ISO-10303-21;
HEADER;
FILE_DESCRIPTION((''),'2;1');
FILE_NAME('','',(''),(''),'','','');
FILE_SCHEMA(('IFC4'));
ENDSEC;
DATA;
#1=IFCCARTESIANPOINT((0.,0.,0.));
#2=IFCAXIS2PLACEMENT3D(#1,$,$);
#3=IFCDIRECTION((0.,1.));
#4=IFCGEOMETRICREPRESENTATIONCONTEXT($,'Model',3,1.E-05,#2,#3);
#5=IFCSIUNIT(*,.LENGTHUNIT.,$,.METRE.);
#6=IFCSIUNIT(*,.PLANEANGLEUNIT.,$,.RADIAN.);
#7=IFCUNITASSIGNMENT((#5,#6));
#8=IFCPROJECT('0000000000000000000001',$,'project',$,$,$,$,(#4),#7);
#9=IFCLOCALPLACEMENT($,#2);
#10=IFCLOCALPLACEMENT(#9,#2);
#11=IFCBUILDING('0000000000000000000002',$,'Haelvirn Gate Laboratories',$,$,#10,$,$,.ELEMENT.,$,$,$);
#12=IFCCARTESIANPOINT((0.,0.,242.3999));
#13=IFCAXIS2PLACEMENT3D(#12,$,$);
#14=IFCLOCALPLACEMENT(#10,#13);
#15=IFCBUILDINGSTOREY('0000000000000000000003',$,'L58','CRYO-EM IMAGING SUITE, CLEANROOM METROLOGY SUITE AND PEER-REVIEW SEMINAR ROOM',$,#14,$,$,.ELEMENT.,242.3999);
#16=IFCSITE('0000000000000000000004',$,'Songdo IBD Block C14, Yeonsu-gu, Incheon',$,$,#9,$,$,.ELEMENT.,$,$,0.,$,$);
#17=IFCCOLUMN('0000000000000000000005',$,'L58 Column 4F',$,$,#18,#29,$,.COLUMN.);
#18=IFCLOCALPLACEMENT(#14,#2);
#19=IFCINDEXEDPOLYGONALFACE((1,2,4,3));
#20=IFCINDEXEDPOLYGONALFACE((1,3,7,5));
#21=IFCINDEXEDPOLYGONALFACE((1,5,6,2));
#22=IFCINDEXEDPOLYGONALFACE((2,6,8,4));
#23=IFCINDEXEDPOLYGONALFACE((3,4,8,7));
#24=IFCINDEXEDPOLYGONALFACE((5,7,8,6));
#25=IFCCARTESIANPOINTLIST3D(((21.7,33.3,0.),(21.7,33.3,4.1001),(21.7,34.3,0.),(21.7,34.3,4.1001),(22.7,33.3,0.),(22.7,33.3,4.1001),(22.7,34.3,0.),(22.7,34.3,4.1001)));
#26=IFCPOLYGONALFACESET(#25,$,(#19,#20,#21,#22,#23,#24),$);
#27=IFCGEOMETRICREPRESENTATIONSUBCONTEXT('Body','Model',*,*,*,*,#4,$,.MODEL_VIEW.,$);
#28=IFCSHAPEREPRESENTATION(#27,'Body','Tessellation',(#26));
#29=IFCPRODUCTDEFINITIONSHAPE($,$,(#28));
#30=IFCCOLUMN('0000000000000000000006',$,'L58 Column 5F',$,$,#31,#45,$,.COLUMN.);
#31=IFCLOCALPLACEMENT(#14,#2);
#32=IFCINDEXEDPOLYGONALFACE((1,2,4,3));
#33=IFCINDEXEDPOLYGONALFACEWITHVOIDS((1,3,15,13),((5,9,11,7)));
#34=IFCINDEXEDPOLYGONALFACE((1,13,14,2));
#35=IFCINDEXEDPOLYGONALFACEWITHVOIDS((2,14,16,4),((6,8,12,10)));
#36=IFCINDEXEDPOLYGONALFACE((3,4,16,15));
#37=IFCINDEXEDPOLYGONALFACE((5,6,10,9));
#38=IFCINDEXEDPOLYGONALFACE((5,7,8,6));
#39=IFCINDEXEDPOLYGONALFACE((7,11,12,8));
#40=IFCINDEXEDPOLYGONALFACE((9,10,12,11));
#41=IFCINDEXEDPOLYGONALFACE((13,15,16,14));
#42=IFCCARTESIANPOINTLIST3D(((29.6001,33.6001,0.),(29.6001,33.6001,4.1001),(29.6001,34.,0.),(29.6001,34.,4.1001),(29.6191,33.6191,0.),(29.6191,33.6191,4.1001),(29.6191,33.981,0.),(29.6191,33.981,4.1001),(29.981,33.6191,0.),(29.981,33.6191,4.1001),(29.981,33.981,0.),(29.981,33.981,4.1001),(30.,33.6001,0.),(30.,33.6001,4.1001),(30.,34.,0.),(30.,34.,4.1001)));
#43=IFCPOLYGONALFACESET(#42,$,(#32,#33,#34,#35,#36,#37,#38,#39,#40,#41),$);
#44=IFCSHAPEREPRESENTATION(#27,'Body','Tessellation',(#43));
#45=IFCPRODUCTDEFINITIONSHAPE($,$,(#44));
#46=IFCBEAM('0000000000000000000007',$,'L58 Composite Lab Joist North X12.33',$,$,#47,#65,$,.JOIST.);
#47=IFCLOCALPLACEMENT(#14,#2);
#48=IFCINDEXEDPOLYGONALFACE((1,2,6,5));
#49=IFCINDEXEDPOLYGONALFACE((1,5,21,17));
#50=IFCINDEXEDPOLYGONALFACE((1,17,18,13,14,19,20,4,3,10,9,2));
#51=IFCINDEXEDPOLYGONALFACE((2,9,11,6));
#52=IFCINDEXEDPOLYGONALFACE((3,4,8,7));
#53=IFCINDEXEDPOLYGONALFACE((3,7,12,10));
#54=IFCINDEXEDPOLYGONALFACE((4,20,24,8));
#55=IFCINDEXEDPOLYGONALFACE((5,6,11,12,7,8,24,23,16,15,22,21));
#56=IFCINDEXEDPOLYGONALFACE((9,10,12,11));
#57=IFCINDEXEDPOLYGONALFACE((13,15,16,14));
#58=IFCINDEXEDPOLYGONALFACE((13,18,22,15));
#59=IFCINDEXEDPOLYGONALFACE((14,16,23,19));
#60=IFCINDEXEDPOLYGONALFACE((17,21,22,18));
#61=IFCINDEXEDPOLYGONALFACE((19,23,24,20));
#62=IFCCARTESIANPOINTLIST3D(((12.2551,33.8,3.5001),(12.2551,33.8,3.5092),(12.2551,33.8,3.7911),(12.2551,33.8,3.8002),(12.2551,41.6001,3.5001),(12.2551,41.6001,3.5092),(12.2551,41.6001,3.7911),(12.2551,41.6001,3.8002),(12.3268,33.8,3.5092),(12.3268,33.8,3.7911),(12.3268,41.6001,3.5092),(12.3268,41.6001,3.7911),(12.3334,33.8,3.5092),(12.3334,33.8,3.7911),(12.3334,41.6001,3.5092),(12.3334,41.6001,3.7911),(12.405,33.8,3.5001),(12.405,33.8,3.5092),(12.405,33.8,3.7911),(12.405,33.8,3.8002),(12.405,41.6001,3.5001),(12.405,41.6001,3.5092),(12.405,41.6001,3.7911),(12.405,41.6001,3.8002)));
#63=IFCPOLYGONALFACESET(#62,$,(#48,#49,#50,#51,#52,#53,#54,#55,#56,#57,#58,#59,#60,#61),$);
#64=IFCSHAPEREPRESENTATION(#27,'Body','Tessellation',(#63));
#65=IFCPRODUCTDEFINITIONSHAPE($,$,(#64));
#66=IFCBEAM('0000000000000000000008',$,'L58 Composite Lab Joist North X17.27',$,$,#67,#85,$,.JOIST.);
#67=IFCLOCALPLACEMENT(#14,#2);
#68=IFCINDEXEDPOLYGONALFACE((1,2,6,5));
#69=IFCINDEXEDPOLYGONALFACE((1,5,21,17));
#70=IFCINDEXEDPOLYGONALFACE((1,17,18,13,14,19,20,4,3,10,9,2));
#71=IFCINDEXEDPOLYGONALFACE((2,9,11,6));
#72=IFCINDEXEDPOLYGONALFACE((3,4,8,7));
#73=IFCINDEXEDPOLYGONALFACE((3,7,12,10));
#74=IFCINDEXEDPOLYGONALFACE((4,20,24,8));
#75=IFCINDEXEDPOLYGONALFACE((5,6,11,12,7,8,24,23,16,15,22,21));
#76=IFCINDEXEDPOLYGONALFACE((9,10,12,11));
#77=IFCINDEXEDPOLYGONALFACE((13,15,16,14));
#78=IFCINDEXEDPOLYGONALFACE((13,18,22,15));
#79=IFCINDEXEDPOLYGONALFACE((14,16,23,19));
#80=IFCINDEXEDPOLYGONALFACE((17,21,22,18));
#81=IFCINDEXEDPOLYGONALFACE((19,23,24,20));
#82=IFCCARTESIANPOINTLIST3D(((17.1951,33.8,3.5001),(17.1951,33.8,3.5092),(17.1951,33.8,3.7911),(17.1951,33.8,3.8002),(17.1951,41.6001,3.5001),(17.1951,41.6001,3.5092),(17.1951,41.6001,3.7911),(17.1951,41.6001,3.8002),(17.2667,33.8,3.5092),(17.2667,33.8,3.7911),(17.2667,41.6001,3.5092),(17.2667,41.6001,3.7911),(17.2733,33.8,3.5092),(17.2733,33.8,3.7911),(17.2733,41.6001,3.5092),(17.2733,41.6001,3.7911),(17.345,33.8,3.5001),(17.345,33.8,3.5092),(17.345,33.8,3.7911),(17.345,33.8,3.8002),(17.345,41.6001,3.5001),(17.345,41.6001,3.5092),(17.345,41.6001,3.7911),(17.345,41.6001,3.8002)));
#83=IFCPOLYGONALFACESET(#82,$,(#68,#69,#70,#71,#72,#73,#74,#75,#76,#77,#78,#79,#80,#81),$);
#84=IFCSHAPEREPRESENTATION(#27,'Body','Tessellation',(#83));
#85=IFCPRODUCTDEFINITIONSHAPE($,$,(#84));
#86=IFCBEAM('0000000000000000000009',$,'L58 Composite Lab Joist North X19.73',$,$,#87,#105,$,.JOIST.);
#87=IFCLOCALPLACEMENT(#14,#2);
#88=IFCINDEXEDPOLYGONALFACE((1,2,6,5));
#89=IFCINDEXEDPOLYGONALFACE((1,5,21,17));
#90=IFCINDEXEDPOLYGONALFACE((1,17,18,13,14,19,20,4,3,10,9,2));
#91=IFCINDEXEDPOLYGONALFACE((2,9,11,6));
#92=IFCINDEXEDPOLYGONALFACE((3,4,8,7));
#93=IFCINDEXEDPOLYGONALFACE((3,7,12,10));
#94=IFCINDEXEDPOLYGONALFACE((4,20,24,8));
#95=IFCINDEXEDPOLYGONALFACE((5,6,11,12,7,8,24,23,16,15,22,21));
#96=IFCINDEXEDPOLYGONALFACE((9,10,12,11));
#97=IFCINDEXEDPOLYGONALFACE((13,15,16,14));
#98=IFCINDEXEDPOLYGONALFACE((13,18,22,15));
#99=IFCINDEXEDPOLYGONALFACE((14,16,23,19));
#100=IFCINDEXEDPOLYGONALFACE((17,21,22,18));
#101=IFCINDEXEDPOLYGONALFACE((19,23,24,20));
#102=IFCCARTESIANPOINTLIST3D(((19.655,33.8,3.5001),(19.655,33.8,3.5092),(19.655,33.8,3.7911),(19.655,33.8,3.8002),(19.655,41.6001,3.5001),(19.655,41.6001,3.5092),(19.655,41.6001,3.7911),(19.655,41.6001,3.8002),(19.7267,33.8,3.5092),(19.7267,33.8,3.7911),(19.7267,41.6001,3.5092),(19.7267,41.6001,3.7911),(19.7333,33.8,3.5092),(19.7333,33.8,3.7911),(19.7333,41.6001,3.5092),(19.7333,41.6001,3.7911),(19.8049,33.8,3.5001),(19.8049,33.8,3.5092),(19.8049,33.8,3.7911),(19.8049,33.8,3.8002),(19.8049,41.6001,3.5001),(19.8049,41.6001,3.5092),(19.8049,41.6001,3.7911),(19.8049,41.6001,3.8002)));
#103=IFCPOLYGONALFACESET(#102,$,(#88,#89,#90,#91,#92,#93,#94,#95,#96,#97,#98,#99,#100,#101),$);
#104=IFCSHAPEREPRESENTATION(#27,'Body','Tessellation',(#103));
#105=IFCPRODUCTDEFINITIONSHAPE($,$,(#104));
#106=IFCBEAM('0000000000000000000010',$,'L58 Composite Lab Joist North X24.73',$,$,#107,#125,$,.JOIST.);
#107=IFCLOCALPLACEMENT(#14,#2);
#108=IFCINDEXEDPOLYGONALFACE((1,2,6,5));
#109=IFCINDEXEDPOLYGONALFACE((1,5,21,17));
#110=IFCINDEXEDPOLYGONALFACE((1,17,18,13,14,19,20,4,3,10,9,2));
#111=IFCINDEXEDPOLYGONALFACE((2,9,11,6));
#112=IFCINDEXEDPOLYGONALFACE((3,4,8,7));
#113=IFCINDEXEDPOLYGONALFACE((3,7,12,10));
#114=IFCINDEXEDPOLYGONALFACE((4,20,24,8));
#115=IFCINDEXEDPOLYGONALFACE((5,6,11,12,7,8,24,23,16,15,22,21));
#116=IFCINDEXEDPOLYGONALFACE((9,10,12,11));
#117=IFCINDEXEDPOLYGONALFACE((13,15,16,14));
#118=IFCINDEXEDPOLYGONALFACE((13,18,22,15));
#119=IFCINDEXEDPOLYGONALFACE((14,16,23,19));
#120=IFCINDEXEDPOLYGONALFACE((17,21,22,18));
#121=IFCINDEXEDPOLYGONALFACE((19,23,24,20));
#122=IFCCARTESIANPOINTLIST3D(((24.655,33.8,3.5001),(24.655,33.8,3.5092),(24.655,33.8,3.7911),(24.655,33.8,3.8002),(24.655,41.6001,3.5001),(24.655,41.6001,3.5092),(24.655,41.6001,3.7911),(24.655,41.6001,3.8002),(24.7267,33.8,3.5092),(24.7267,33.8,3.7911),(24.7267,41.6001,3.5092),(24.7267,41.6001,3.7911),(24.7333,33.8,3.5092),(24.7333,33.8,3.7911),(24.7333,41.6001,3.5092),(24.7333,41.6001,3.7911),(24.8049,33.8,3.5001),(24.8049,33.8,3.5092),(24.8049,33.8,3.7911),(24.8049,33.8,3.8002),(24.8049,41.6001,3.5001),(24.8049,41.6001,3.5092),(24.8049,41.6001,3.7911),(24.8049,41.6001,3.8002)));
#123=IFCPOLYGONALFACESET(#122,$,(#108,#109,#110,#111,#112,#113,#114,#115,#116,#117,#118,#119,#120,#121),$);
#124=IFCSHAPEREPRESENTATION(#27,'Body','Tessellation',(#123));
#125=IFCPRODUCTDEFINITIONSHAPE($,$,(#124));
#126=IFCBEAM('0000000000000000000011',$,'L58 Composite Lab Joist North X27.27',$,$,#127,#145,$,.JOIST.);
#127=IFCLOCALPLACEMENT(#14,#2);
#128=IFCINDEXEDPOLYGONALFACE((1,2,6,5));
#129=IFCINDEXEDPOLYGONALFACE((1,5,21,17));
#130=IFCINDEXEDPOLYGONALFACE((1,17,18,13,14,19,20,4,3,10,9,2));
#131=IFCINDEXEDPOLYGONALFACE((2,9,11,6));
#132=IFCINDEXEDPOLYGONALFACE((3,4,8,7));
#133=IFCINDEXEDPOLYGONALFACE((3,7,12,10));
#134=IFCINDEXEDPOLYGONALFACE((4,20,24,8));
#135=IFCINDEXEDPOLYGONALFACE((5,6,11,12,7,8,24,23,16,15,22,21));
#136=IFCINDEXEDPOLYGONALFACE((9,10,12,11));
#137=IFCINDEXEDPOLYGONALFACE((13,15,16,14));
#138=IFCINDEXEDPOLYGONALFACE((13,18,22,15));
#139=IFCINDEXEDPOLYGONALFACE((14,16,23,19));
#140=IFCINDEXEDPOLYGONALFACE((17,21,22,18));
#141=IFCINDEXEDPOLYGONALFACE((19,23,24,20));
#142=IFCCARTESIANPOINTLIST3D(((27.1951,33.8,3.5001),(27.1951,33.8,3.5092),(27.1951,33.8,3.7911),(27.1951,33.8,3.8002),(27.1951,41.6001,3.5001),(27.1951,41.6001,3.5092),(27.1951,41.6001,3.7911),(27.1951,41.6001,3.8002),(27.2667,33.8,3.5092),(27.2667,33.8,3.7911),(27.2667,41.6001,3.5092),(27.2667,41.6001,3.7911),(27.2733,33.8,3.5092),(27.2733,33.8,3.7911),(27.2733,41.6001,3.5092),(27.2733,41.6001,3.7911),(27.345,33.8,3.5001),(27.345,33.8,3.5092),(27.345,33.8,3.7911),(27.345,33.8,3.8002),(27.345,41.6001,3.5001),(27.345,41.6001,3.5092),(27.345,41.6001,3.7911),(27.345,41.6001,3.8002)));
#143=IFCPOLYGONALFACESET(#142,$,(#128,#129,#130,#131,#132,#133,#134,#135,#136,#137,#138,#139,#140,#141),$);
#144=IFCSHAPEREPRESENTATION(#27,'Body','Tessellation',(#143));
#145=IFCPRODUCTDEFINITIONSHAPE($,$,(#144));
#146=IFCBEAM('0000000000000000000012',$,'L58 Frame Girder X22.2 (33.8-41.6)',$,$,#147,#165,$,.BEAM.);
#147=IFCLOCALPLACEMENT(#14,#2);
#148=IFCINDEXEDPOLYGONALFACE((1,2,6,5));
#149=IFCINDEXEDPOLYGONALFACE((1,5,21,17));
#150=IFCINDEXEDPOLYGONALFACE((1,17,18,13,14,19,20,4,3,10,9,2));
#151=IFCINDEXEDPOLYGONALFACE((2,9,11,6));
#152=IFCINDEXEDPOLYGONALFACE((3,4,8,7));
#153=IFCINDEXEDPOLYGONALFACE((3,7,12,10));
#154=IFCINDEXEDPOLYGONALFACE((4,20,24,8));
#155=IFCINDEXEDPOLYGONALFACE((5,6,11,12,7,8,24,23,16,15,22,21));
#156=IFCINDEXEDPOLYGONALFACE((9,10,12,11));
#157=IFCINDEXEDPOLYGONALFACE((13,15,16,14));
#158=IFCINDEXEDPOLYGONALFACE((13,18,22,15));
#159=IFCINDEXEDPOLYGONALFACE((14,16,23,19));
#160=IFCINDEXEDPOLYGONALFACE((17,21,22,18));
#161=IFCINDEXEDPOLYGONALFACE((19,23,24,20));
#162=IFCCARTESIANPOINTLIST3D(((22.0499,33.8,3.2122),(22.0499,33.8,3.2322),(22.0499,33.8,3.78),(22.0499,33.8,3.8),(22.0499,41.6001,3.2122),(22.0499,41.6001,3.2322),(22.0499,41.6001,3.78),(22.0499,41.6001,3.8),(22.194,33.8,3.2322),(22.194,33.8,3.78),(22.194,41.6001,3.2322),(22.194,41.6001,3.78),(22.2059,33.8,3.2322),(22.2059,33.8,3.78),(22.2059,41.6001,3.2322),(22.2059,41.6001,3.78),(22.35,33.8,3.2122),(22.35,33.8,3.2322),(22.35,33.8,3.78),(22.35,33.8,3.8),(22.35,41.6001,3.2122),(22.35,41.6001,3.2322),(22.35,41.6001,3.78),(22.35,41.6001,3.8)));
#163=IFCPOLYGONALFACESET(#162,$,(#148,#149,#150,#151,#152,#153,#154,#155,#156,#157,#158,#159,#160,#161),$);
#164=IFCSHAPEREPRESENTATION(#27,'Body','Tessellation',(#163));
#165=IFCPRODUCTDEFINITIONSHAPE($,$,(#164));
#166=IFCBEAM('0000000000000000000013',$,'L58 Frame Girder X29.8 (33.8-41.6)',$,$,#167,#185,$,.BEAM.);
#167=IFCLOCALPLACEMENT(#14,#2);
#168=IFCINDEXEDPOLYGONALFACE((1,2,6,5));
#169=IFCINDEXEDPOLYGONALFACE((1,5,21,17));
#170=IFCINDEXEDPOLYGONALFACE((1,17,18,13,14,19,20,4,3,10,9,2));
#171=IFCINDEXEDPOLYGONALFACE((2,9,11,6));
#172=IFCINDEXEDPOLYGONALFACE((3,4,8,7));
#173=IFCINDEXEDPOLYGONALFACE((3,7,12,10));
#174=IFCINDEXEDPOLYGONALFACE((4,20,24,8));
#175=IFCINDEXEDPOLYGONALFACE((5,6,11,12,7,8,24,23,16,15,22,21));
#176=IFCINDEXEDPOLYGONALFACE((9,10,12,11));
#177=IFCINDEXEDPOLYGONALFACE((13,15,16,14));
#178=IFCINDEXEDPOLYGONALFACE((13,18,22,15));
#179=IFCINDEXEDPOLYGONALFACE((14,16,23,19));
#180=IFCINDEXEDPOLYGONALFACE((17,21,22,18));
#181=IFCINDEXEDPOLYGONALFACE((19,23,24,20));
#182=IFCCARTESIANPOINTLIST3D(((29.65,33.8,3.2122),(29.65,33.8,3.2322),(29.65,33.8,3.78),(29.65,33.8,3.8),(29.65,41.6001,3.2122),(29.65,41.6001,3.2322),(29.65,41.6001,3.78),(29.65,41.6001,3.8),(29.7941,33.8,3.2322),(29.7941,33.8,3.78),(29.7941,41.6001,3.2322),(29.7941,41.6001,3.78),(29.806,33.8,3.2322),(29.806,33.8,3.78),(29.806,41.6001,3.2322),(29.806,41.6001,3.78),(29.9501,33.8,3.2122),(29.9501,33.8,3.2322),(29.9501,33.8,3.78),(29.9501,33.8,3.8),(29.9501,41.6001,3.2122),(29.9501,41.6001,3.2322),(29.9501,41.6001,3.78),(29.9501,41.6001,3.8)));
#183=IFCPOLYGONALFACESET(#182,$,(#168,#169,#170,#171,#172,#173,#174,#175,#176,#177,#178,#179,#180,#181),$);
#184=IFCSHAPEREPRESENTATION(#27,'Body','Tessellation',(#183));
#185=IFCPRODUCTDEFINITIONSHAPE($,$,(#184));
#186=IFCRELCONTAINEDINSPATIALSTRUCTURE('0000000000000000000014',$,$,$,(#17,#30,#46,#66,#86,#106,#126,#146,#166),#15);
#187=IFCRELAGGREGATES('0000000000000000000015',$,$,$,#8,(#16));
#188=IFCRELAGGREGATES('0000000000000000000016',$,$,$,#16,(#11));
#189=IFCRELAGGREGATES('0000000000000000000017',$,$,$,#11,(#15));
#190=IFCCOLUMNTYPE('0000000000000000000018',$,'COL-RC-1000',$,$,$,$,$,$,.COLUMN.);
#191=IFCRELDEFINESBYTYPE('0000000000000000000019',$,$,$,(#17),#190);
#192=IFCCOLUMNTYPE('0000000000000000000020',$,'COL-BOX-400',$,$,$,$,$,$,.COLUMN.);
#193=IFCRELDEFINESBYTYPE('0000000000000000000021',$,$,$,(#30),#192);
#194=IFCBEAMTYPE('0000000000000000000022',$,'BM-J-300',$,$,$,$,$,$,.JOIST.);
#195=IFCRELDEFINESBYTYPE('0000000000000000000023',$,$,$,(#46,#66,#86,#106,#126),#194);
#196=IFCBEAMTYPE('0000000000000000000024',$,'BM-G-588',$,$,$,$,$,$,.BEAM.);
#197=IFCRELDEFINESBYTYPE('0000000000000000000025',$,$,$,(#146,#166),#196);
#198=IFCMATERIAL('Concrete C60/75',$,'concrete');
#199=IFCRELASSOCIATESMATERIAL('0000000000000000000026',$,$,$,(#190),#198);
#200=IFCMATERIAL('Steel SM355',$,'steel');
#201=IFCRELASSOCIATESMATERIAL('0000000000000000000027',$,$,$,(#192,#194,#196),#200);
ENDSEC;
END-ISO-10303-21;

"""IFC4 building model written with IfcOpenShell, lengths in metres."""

from ifc_helpers import new_model, si_unit, direction, frame, origin, origin_2d, place, context, subcontext, project, spatial, rectangle, hollow_rectangle, i_section, extrude, source, transform, mapped, material, material_profile, profile_set, type_object, type_shapes, element, save


model = new_model("IFC4")

# Units and contexts
model_context = context("Model", 3, precision=1e-05, world=origin(), true_north=direction((0.0, 1.0)))
body_context = subcontext(model_context, "Body", "Model", "MODEL_VIEW")
ifc_project = project(units=[si_unit("LENGTHUNIT", "METRE"), si_unit("PLANEANGLEUNIT", "RADIAN")], contexts=[model_context])

# Site, building, storey
site_placement = place(None, origin())
site = spatial("IfcSite", under=ifc_project, at=site_placement, Name="Songdo IBD Block C14, Yeonsu-gu, Incheon", CompositionType="ELEMENT", RefElevation=0.0)
building_placement = place(site_placement, origin())
building = spatial("IfcBuilding", under=site, at=building_placement, Name="Haelvirn Gate Laboratories", CompositionType="ELEMENT")
storey_placement = place(building_placement, frame((0.0, 0.0, 242.3999)))
storey = spatial("IfcBuildingStorey", under=building, at=storey_placement, Name="L58", Description="CRYO-EM IMAGING SUITE, CLEANROOM METROLOGY SUITE AND PEER-REVIEW SEMINAR ROOM", CompositionType="ELEMENT", Elevation=242.3999)

# Columns
ifc_material_1 = material(Name="Concrete C60/75", Category="concrete")
ifc_material_profile_1 = material_profile(ifc_material_1, rectangle(XDim=1.0, YDim=1.0, at=origin_2d()), Name="RC-1000x1000")
ifc_profile_set_1 = profile_set([ifc_material_profile_1], Name="Concrete C60/75")
column_type_1 = type_object("IfcColumnType", Name="COL-RC-1000", PredefinedType="COLUMN", material=ifc_profile_set_1)
shared_shape_1 = source(origin(), body_context, "Body", "SweptSolid", [
    extrude(rectangle(XDim=1.0, YDim=1.0, at=origin_2d()), origin(), (0.0, 0.0, 1.0), 4.1001),
])
type_shapes(column_type_1, [shared_shape_1])
column_1_placement = place(storey_placement, frame((22.2, 33.8, 0.0), z_axis=(0.0, 0.0, 1.0), x_axis=(1.0, 0.0, 0.0)))
element("IfcColumn", 1, at=column_1_placement, inside=storey, type_object=column_type_1, Name="L58 Column 4F", PredefinedType="COLUMN", context=body_context, shape_type="MappedRepresentation", body=[
    mapped(shared_shape_1, transform((0.0, 0.0, 0.0), scale=1.0)),
])
ifc_material_2 = material(Name="Steel SM355", Category="steel")
ifc_material_profile_2 = material_profile(ifc_material_2, hollow_rectangle(XDim=0.3999, YDim=0.3999, WallThickness=0.019, at=origin_2d()), Name="BOX-400x400x19")
ifc_profile_set_2 = profile_set([ifc_material_profile_2], Name="Steel SM355")
column_type_2 = type_object("IfcColumnType", Name="COL-BOX-400", PredefinedType="COLUMN", material=ifc_profile_set_2)
shared_shape_2 = source(origin(), body_context, "Body", "SweptSolid", [
    extrude(hollow_rectangle(XDim=0.3999, YDim=0.3999, WallThickness=0.019, at=origin_2d()), origin(), (0.0, 0.0, 1.0), 4.1001),
])
type_shapes(column_type_2, [shared_shape_2])
column_2_placement = place(storey_placement, frame((29.8, 33.8, 0.0), z_axis=(0.0, 0.0, 1.0), x_axis=(1.0, 0.0, 0.0)))
element("IfcColumn", 2, at=column_2_placement, inside=storey, type_object=column_type_2, Name="L58 Column 5F", PredefinedType="COLUMN", context=body_context, shape_type="MappedRepresentation", body=[
    mapped(shared_shape_2, transform((0.0, 0.0, 0.0), scale=1.0)),
])

# Beams
ifc_material_profile_3 = material_profile(ifc_material_2, i_section(OverallWidth=0.1499, OverallDepth=0.3, WebThickness=0.0066, FlangeThickness=0.009, at=origin_2d()), Name="H-300x150x6.5x9")
ifc_profile_set_3 = profile_set([ifc_material_profile_3], Name="Steel SM355")
beam_type_1 = type_object("IfcBeamType", Name="BM-J-300", PredefinedType="JOIST", material=ifc_profile_set_3)
shared_shape_3 = source(origin(), body_context, "Body", "SweptSolid", [
    extrude(i_section(OverallWidth=0.1499, OverallDepth=0.3, WebThickness=0.0066, FlangeThickness=0.009, at=origin_2d()), origin(), (0.0, 0.0, 1.0), 7.8),
])
type_shapes(beam_type_1, [shared_shape_3])
for number, where, z_axis, x_axis, name in (
    (3, (12.3301, 33.8, 3.6501), (0.0, 1.0, 0.0), (-1.0, 0.0, 0.0), "L58 Composite Lab Joist North X12.33"),
    (4, (17.27, 33.8, 3.6501), (0.0, 1.0, 0.0), (-1.0, 0.0, 0.0), "L58 Composite Lab Joist North X17.27"),
    (5, (19.73, 33.8, 3.6501), (0.0, 1.0, 0.0), (-1.0, 0.0, 0.0), "L58 Composite Lab Joist North X19.73"),
    (6, (24.73, 33.8, 3.6501), (0.0, 1.0, 0.0), (-1.0, 0.0, 0.0), "L58 Composite Lab Joist North X24.73"),
    (7, (27.27, 33.8, 3.6501), (0.0, 1.0, 0.0), (-1.0, 0.0, 0.0), "L58 Composite Lab Joist North X27.27"),
):
    element("IfcBeam", number, at=place(storey_placement, frame(where, z_axis=z_axis, x_axis=x_axis)), inside=storey, type_object=beam_type_1, Name=name, PredefinedType="JOIST", context=body_context, shape_type="MappedRepresentation", body=[
        mapped(shared_shape_3, transform((0.0, 0.0, 0.0), scale=1.0)),
    ])
ifc_material_profile_4 = material_profile(ifc_material_2, i_section(OverallWidth=0.3, OverallDepth=0.5879, WebThickness=0.012, FlangeThickness=0.02, at=origin_2d()), Name="H-588x300x12x20")
ifc_profile_set_4 = profile_set([ifc_material_profile_4], Name="Steel SM355")
beam_type_2 = type_object("IfcBeamType", Name="BM-G-588", PredefinedType="BEAM", material=ifc_profile_set_4)
shared_shape_4 = source(origin(), body_context, "Body", "SweptSolid", [
    extrude(i_section(OverallWidth=0.3, OverallDepth=0.5879, WebThickness=0.012, FlangeThickness=0.02, at=origin_2d()), origin(), (0.0, 0.0, 1.0), 7.8),
])
type_shapes(beam_type_2, [shared_shape_4])
for number, where, z_axis, x_axis, name in (
    (8, (22.2, 33.8, 3.5061), (0.0, 1.0, 0.0), (-1.0, 0.0, 0.0), "L58 Frame Girder X22.2 (33.8-41.6)"),
    (9, (29.8, 33.8, 3.5061), (0.0, 1.0, 0.0), (-1.0, 0.0, 0.0), "L58 Frame Girder X29.8 (33.8-41.6)"),
):
    element("IfcBeam", number, at=place(storey_placement, frame(where, z_axis=z_axis, x_axis=x_axis)), inside=storey, type_object=beam_type_2, Name=name, PredefinedType="BEAM", context=body_context, shape_type="MappedRepresentation", body=[
        mapped(shared_shape_4, transform((0.0, 0.0, 0.0), scale=1.0)),
    ])

save(model, "model.ifc")
